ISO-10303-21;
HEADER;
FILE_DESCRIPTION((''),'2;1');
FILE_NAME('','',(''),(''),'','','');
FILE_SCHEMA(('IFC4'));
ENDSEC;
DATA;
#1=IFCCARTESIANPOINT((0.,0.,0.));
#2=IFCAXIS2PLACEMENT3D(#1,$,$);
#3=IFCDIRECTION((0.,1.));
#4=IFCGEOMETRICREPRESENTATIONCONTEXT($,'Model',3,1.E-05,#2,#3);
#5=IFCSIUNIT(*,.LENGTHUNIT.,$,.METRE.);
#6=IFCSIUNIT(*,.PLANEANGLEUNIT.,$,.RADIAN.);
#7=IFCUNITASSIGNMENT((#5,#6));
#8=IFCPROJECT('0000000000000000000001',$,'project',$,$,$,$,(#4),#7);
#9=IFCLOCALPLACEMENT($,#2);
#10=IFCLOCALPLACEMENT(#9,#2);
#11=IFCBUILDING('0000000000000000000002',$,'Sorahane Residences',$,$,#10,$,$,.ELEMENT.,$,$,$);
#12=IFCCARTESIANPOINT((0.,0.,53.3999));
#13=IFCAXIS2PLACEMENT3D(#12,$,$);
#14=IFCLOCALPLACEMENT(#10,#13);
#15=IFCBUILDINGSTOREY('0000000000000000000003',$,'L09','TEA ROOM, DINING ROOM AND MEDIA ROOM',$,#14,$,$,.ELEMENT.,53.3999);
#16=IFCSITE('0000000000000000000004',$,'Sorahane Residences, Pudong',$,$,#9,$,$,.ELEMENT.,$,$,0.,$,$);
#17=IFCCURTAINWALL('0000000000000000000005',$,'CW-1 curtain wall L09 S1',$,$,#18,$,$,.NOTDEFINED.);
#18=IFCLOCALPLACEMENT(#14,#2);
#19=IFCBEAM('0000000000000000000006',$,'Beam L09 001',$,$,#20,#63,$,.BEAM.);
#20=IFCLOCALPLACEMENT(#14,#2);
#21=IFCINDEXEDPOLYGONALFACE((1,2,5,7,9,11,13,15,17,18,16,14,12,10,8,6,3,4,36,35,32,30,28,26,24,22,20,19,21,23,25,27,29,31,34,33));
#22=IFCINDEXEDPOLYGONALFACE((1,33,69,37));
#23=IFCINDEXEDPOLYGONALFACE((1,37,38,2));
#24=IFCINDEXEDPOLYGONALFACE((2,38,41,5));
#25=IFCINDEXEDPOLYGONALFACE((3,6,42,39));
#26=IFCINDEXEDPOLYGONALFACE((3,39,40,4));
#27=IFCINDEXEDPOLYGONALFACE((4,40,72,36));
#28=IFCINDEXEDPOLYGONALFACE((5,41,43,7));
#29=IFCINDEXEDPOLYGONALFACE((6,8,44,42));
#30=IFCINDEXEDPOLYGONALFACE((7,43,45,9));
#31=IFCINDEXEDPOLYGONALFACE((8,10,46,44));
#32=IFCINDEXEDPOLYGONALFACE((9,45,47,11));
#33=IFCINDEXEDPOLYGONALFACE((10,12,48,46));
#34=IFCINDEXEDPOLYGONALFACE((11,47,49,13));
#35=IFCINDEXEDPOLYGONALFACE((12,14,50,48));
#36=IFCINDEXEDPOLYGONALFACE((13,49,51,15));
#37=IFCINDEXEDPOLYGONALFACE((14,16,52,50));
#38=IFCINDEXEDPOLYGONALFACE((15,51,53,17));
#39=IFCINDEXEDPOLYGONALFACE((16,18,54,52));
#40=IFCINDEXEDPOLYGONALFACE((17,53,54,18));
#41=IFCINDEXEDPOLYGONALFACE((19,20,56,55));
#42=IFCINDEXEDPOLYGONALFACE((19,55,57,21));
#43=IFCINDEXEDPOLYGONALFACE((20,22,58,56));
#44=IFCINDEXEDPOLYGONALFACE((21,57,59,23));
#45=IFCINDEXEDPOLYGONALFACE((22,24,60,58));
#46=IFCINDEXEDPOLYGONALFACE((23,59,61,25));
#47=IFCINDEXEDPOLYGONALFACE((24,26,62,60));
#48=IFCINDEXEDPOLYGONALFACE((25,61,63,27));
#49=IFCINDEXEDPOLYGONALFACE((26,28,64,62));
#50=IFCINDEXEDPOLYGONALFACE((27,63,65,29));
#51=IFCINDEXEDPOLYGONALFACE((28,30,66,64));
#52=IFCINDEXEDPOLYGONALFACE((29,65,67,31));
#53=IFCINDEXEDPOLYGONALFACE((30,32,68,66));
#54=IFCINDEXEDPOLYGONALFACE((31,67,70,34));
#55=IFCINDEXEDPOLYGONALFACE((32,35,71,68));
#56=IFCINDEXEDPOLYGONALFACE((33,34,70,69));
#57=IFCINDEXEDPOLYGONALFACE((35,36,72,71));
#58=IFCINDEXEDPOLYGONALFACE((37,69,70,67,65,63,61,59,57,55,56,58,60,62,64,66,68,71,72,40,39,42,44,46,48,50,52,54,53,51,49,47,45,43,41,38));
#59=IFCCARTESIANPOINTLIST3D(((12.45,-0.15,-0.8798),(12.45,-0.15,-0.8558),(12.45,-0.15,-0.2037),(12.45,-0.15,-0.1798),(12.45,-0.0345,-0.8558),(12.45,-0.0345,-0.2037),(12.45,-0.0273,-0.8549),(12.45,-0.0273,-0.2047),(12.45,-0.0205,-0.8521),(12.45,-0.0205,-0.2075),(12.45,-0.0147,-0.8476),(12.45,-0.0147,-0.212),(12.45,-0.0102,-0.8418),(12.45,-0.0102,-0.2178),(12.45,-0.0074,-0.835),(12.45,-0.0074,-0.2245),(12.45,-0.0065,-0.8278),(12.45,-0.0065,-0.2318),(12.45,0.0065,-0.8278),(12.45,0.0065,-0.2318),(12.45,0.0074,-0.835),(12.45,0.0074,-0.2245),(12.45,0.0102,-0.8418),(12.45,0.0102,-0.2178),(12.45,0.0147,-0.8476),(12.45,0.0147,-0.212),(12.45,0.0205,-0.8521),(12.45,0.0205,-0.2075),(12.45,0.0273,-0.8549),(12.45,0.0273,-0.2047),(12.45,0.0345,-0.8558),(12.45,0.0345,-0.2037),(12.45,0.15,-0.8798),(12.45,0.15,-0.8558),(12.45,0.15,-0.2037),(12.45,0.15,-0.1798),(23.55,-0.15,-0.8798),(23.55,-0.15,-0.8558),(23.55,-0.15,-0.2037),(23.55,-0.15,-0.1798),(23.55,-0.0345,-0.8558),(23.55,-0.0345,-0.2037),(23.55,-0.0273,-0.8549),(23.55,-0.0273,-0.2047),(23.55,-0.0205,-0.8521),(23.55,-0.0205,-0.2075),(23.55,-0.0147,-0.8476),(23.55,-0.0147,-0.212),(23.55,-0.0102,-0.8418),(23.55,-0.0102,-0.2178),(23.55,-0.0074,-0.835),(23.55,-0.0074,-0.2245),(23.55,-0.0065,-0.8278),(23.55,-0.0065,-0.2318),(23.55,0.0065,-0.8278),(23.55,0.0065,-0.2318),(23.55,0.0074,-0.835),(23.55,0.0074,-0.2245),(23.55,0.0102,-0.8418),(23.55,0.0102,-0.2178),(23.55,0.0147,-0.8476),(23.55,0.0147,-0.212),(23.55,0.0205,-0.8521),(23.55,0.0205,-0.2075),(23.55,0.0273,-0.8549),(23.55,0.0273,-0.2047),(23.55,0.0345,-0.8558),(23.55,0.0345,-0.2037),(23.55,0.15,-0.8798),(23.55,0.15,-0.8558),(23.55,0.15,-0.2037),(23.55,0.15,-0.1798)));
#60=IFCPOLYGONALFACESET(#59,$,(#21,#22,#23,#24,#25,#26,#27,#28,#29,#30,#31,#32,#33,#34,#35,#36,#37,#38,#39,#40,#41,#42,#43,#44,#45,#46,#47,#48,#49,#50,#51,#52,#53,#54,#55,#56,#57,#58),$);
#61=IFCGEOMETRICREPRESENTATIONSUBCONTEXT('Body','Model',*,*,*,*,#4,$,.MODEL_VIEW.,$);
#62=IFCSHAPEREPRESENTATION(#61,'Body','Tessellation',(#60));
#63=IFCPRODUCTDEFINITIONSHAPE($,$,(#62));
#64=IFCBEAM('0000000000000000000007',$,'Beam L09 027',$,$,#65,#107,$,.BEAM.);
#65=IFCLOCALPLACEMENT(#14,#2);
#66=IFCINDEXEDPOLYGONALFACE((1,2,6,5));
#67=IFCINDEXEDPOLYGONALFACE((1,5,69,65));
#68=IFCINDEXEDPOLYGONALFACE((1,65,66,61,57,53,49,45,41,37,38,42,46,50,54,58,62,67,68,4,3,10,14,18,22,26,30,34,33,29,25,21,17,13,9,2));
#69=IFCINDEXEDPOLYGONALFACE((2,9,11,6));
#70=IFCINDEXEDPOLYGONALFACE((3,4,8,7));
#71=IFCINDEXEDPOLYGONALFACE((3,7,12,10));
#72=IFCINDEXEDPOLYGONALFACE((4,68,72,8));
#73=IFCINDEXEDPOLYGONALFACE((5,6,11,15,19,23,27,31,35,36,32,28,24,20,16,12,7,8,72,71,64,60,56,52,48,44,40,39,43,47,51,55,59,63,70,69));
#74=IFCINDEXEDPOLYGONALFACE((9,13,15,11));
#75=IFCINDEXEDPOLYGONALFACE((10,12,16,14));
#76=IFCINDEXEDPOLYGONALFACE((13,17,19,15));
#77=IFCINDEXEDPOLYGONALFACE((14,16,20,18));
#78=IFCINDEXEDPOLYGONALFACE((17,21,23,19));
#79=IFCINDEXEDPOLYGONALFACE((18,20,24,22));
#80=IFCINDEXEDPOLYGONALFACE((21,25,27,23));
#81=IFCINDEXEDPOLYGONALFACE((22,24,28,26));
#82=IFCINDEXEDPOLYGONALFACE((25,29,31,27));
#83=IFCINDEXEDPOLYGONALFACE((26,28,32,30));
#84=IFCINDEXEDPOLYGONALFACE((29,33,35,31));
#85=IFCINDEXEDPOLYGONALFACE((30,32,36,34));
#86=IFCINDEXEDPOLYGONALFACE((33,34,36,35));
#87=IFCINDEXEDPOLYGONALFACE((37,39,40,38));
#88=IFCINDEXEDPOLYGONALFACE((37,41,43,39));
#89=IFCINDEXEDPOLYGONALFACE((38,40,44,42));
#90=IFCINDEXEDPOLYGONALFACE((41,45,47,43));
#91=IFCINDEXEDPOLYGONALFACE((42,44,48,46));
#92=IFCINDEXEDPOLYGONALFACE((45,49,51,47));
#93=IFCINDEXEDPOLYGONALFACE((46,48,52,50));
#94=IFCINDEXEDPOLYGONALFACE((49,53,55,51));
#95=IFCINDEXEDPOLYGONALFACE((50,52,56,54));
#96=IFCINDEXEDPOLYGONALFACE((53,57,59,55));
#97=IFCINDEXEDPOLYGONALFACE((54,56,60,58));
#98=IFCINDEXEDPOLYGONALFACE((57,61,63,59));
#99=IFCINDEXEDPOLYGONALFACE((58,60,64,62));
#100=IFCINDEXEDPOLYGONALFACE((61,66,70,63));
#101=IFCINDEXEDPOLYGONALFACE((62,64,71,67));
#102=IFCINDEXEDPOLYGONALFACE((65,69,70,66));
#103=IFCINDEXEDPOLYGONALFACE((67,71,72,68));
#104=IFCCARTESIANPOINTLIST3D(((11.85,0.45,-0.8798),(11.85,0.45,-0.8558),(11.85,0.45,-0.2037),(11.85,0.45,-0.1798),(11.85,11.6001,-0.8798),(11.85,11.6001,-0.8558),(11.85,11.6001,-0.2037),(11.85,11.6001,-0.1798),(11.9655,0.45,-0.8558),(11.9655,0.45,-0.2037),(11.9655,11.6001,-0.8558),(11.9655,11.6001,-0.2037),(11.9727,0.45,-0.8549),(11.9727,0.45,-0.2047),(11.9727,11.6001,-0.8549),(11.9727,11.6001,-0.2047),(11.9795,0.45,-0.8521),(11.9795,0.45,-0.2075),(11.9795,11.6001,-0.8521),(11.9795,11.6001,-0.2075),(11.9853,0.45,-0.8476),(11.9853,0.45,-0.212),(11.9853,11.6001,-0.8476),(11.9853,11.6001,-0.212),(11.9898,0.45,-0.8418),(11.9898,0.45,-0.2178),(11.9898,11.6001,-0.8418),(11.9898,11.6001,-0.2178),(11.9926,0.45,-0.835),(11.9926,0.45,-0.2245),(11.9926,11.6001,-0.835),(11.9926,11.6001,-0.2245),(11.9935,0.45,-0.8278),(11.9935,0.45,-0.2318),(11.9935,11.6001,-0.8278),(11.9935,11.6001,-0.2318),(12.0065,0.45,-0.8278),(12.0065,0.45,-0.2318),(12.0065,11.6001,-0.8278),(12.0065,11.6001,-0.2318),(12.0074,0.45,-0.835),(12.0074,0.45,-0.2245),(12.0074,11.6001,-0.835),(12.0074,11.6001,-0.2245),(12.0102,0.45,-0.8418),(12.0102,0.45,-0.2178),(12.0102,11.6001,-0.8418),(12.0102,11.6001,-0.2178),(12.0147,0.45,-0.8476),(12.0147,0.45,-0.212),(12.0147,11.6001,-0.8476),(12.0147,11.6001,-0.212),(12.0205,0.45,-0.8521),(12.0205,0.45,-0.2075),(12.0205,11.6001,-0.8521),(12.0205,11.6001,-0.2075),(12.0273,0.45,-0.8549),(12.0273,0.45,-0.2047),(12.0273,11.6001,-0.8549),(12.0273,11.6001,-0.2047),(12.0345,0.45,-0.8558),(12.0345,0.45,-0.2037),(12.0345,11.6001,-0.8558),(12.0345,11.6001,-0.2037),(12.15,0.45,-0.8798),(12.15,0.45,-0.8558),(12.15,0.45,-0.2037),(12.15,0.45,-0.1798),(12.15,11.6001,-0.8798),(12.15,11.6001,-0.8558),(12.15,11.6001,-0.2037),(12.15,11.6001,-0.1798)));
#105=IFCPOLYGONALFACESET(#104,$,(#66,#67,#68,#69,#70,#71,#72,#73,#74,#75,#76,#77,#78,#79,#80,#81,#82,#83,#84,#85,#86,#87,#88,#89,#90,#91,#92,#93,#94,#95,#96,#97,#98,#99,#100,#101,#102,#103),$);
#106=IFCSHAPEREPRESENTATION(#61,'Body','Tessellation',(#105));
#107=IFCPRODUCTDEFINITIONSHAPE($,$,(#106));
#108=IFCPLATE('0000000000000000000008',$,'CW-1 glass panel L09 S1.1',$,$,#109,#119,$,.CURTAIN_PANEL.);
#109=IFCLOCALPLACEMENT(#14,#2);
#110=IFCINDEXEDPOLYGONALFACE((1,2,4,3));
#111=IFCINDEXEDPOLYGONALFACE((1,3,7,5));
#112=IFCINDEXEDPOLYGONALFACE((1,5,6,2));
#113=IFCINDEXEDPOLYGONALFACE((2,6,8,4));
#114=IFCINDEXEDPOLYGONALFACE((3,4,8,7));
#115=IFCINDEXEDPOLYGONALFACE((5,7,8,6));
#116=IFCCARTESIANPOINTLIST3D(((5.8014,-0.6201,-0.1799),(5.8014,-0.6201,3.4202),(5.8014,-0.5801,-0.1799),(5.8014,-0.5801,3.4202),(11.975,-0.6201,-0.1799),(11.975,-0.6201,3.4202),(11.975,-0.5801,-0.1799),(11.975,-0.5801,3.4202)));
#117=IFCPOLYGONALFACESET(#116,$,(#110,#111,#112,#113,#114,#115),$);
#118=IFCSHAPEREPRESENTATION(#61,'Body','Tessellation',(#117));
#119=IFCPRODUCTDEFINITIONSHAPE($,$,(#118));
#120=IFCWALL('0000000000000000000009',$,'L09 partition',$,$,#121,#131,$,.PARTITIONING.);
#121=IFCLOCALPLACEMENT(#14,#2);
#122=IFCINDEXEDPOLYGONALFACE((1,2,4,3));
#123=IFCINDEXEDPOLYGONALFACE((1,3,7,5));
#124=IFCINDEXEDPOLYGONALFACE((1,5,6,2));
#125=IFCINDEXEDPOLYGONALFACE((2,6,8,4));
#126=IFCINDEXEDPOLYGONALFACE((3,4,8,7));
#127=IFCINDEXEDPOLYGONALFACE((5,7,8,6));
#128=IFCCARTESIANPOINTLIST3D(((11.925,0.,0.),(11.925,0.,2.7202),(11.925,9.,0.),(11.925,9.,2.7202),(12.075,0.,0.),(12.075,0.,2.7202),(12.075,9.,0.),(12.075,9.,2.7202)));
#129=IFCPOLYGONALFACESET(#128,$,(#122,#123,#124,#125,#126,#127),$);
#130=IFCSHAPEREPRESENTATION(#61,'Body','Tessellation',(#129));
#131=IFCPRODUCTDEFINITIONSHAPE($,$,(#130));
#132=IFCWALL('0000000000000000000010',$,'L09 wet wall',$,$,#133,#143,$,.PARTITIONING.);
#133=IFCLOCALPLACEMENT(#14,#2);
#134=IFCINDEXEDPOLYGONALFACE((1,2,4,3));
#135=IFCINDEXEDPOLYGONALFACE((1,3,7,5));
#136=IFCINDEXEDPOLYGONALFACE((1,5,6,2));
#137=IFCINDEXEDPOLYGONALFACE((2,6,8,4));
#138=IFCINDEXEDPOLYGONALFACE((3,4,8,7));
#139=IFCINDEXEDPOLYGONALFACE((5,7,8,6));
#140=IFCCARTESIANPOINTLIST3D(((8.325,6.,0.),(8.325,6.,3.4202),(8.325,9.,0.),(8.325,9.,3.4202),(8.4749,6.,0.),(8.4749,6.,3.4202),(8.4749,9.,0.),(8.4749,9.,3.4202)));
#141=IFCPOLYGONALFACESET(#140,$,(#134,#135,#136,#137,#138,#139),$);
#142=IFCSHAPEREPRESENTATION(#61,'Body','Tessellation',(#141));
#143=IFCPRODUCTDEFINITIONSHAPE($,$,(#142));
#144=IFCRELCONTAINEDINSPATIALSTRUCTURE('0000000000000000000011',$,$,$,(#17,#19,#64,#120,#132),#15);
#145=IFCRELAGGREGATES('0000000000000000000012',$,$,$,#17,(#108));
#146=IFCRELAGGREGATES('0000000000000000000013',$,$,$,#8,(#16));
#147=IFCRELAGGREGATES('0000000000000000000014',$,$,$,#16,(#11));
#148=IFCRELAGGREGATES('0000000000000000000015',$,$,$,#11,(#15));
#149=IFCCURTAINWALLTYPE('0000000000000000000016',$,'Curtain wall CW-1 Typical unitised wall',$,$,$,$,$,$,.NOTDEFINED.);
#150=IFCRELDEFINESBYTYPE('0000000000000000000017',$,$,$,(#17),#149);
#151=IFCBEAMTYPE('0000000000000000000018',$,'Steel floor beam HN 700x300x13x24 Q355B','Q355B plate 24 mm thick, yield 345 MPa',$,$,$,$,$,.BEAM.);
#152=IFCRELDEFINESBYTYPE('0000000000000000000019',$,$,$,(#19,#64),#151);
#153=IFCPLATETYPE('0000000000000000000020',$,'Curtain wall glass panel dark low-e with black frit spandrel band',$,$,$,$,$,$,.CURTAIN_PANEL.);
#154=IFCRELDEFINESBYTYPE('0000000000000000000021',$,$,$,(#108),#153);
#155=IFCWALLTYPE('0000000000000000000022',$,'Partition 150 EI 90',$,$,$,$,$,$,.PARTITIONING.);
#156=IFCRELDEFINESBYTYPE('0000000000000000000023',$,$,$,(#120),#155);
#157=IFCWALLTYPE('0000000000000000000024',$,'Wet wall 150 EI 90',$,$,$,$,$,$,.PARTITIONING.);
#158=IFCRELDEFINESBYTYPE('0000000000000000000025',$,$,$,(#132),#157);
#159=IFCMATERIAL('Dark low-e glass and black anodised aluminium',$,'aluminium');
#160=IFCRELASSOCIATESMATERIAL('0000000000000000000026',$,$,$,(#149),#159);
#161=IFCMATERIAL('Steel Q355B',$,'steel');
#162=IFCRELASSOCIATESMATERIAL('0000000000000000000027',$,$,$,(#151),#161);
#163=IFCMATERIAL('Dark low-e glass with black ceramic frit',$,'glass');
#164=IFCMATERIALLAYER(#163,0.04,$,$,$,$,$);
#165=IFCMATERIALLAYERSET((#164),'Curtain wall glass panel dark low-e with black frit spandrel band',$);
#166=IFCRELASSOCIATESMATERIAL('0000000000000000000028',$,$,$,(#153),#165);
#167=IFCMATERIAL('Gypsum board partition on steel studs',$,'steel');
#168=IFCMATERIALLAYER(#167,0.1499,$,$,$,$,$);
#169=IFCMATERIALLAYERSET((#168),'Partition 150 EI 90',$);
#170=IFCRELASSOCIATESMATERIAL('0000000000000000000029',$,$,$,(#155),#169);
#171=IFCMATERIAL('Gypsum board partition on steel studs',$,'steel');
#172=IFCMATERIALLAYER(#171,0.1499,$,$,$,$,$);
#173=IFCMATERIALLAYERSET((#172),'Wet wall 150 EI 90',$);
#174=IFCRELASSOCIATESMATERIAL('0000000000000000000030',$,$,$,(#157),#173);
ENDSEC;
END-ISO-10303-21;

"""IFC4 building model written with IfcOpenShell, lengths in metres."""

from ifc_helpers import new_model, si_unit, direction, frame, frame_2d, origin, origin_2d, place, context, subcontext, project, spatial, rectangle, i_section, extrude, material, layer, layer_set, material_profile, profile_set, type_object, element, aggregate, save


model = new_model("IFC4")

# Units and contexts
model_context = context("Model", 3, precision=1e-05, world=origin(), true_north=direction((0.0, 1.0)))
body_context = subcontext(model_context, "Body", "Model", "MODEL_VIEW")
ifc_project = project(units=[si_unit("LENGTHUNIT", "METRE"), si_unit("PLANEANGLEUNIT", "RADIAN")], contexts=[model_context])

# Site, building, storey
site_placement = place(None, origin())
site = spatial("IfcSite", under=ifc_project, at=site_placement, Name="Sorahane Residences, Pudong", CompositionType="ELEMENT", RefElevation=0.0)
building_placement = place(site_placement, origin())
building = spatial("IfcBuilding", under=site, at=building_placement, Name="Sorahane Residences", CompositionType="ELEMENT")
storey_placement = place(building_placement, frame((0.0, 0.0, 53.3999)))
storey = spatial("IfcBuildingStorey", under=building, at=storey_placement, Name="L09", Description="TEA ROOM, DINING ROOM AND MEDIA ROOM", CompositionType="ELEMENT", Elevation=53.3999)

# Curtain wall
ifc_material_1 = material(Name="Dark low-e glass and black anodised aluminium", Category="aluminium")
curtain_wall_type = type_object("IfcCurtainWallType", Name="Curtain wall CW-1 Typical unitised wall", PredefinedType="NOTDEFINED", material=ifc_material_1)
curtain_wall_placement = place(storey_placement, origin())
curtain_wall = element("IfcCurtainWall", 1, at=curtain_wall_placement, inside=storey, type_object=curtain_wall_type, Name="CW-1 curtain wall L09 S1", PredefinedType="NOTDEFINED")

# Beams
ifc_material_2 = material(Name="Steel Q355B", Category="steel")
ifc_material_profile_1 = material_profile(ifc_material_2, i_section(OverallWidth=0.3, OverallDepth=0.7, WebThickness=0.0129, FlangeThickness=0.0239, FilletRadius=0.0281, at=origin_2d()), Name="HN 700x300x13x24")
ifc_profile_set_1 = profile_set([ifc_material_profile_1], Name="Steel Q355B")
beam_type_1 = type_object("IfcBeamType", Name="Steel floor beam HN 700x300x13x24 Q355B", Description="Q355B plate 24 mm thick, yield 345 MPa", PredefinedType="BEAM", material=ifc_profile_set_1)
beam_1_placement = place(storey_placement, frame((12.45, 0.0, -0.5298), z_axis=(1.0, 0.0, 0.0), x_axis=(0.0, 1.0, 0.0)))
element("IfcBeam", 2, at=beam_1_placement, inside=storey, type_object=beam_type_1, Name="Beam L09 001", PredefinedType="BEAM", context=body_context, shape_type="SweptSolid", body=[
    extrude(i_section(OverallWidth=0.3, OverallDepth=0.7, WebThickness=0.0129, FlangeThickness=0.0239, FilletRadius=0.0281, at=origin_2d()), origin(), (0.0, 0.0, 1.0), 11.1001),
])
beam_2_placement = place(storey_placement, frame((12.0, 0.45, -0.5298), z_axis=(0.0, 1.0, 0.0), x_axis=(-1.0, 0.0, 0.0)))
element("IfcBeam", 3, at=beam_2_placement, inside=storey, type_object=beam_type_1, Name="Beam L09 027", PredefinedType="BEAM", context=body_context, shape_type="SweptSolid", body=[
    extrude(i_section(OverallWidth=0.3, OverallDepth=0.7, WebThickness=0.0129, FlangeThickness=0.0239, FilletRadius=0.0281, at=origin_2d()), origin(), (0.0, 0.0, 1.0), 11.1501),
])

# Plate
ifc_material_3 = material(Name="Dark low-e glass with black ceramic frit", Category="glass")
ifc_layer_1 = layer(ifc_material_3, 0.04)
ifc_layer_set_1 = layer_set([ifc_layer_1], Name="Curtain wall glass panel dark low-e with black frit spandrel band")
plate_type = type_object("IfcPlateType", Name="Curtain wall glass panel dark low-e with black frit spandrel band", PredefinedType="CURTAIN_PANEL", material=ifc_layer_set_1)
plate_placement = place(storey_placement, frame((8.8882, -0.6001, -0.1799), z_axis=(0.0, 0.0, 1.0), x_axis=(1.0, 0.0, 0.0)))
plate = element("IfcPlate", 4, at=plate_placement, type_object=plate_type, Name="CW-1 glass panel L09 S1.1", PredefinedType="CURTAIN_PANEL", context=body_context, shape_type="SweptSolid", body=[
    extrude(rectangle(XDim=6.1736, YDim=0.04, at=origin_2d()), origin(), (0.0, 0.0, 1.0), 3.6001),
])
aggregate(curtain_wall, [plate])

# Wall
ifc_material_4 = material(Name="Gypsum board partition on steel studs", Category="steel")
ifc_layer_2 = layer(ifc_material_4, 0.1499)
ifc_layer_set_2 = layer_set([ifc_layer_2], Name="Partition 150 EI 90")
wall_type_1 = type_object("IfcWallType", Name="Partition 150 EI 90", PredefinedType="PARTITIONING", material=ifc_layer_set_2)
wall_1_placement = place(storey_placement, frame((12.0, 0.0, 0.0), z_axis=(0.0, 0.0, 1.0), x_axis=(0.0, 1.0, 0.0)))
element("IfcWall", 5, at=wall_1_placement, inside=storey, type_object=wall_type_1, Name="L09 partition", PredefinedType="PARTITIONING", context=body_context, shape_type="SweptSolid", body=[
    extrude(rectangle(XDim=9.0, YDim=0.1499, at=frame_2d((4.5, 0.0))), origin(), (0.0, 0.0, 1.0), 2.7202),
])

# Wall
ifc_material_5 = material(Name="Gypsum board partition on steel studs", Category="steel")
ifc_layer_3 = layer(ifc_material_5, 0.1499)
ifc_layer_set_3 = layer_set([ifc_layer_3], Name="Wet wall 150 EI 90")
wall_type_2 = type_object("IfcWallType", Name="Wet wall 150 EI 90", PredefinedType="PARTITIONING", material=ifc_layer_set_3)
wall_2_placement = place(storey_placement, frame((8.3999, 6.0, 0.0), z_axis=(0.0, 0.0, 1.0), x_axis=(0.0, 1.0, 0.0)))
element("IfcWall", 6, at=wall_2_placement, inside=storey, type_object=wall_type_2, Name="L09 wet wall", PredefinedType="PARTITIONING", context=body_context, shape_type="SweptSolid", body=[
    extrude(rectangle(XDim=3.0, YDim=0.1499, at=frame_2d((1.5, 0.0))), origin(), (0.0, 0.0, 1.0), 3.4202),
])

save(model, "model.ifc")
